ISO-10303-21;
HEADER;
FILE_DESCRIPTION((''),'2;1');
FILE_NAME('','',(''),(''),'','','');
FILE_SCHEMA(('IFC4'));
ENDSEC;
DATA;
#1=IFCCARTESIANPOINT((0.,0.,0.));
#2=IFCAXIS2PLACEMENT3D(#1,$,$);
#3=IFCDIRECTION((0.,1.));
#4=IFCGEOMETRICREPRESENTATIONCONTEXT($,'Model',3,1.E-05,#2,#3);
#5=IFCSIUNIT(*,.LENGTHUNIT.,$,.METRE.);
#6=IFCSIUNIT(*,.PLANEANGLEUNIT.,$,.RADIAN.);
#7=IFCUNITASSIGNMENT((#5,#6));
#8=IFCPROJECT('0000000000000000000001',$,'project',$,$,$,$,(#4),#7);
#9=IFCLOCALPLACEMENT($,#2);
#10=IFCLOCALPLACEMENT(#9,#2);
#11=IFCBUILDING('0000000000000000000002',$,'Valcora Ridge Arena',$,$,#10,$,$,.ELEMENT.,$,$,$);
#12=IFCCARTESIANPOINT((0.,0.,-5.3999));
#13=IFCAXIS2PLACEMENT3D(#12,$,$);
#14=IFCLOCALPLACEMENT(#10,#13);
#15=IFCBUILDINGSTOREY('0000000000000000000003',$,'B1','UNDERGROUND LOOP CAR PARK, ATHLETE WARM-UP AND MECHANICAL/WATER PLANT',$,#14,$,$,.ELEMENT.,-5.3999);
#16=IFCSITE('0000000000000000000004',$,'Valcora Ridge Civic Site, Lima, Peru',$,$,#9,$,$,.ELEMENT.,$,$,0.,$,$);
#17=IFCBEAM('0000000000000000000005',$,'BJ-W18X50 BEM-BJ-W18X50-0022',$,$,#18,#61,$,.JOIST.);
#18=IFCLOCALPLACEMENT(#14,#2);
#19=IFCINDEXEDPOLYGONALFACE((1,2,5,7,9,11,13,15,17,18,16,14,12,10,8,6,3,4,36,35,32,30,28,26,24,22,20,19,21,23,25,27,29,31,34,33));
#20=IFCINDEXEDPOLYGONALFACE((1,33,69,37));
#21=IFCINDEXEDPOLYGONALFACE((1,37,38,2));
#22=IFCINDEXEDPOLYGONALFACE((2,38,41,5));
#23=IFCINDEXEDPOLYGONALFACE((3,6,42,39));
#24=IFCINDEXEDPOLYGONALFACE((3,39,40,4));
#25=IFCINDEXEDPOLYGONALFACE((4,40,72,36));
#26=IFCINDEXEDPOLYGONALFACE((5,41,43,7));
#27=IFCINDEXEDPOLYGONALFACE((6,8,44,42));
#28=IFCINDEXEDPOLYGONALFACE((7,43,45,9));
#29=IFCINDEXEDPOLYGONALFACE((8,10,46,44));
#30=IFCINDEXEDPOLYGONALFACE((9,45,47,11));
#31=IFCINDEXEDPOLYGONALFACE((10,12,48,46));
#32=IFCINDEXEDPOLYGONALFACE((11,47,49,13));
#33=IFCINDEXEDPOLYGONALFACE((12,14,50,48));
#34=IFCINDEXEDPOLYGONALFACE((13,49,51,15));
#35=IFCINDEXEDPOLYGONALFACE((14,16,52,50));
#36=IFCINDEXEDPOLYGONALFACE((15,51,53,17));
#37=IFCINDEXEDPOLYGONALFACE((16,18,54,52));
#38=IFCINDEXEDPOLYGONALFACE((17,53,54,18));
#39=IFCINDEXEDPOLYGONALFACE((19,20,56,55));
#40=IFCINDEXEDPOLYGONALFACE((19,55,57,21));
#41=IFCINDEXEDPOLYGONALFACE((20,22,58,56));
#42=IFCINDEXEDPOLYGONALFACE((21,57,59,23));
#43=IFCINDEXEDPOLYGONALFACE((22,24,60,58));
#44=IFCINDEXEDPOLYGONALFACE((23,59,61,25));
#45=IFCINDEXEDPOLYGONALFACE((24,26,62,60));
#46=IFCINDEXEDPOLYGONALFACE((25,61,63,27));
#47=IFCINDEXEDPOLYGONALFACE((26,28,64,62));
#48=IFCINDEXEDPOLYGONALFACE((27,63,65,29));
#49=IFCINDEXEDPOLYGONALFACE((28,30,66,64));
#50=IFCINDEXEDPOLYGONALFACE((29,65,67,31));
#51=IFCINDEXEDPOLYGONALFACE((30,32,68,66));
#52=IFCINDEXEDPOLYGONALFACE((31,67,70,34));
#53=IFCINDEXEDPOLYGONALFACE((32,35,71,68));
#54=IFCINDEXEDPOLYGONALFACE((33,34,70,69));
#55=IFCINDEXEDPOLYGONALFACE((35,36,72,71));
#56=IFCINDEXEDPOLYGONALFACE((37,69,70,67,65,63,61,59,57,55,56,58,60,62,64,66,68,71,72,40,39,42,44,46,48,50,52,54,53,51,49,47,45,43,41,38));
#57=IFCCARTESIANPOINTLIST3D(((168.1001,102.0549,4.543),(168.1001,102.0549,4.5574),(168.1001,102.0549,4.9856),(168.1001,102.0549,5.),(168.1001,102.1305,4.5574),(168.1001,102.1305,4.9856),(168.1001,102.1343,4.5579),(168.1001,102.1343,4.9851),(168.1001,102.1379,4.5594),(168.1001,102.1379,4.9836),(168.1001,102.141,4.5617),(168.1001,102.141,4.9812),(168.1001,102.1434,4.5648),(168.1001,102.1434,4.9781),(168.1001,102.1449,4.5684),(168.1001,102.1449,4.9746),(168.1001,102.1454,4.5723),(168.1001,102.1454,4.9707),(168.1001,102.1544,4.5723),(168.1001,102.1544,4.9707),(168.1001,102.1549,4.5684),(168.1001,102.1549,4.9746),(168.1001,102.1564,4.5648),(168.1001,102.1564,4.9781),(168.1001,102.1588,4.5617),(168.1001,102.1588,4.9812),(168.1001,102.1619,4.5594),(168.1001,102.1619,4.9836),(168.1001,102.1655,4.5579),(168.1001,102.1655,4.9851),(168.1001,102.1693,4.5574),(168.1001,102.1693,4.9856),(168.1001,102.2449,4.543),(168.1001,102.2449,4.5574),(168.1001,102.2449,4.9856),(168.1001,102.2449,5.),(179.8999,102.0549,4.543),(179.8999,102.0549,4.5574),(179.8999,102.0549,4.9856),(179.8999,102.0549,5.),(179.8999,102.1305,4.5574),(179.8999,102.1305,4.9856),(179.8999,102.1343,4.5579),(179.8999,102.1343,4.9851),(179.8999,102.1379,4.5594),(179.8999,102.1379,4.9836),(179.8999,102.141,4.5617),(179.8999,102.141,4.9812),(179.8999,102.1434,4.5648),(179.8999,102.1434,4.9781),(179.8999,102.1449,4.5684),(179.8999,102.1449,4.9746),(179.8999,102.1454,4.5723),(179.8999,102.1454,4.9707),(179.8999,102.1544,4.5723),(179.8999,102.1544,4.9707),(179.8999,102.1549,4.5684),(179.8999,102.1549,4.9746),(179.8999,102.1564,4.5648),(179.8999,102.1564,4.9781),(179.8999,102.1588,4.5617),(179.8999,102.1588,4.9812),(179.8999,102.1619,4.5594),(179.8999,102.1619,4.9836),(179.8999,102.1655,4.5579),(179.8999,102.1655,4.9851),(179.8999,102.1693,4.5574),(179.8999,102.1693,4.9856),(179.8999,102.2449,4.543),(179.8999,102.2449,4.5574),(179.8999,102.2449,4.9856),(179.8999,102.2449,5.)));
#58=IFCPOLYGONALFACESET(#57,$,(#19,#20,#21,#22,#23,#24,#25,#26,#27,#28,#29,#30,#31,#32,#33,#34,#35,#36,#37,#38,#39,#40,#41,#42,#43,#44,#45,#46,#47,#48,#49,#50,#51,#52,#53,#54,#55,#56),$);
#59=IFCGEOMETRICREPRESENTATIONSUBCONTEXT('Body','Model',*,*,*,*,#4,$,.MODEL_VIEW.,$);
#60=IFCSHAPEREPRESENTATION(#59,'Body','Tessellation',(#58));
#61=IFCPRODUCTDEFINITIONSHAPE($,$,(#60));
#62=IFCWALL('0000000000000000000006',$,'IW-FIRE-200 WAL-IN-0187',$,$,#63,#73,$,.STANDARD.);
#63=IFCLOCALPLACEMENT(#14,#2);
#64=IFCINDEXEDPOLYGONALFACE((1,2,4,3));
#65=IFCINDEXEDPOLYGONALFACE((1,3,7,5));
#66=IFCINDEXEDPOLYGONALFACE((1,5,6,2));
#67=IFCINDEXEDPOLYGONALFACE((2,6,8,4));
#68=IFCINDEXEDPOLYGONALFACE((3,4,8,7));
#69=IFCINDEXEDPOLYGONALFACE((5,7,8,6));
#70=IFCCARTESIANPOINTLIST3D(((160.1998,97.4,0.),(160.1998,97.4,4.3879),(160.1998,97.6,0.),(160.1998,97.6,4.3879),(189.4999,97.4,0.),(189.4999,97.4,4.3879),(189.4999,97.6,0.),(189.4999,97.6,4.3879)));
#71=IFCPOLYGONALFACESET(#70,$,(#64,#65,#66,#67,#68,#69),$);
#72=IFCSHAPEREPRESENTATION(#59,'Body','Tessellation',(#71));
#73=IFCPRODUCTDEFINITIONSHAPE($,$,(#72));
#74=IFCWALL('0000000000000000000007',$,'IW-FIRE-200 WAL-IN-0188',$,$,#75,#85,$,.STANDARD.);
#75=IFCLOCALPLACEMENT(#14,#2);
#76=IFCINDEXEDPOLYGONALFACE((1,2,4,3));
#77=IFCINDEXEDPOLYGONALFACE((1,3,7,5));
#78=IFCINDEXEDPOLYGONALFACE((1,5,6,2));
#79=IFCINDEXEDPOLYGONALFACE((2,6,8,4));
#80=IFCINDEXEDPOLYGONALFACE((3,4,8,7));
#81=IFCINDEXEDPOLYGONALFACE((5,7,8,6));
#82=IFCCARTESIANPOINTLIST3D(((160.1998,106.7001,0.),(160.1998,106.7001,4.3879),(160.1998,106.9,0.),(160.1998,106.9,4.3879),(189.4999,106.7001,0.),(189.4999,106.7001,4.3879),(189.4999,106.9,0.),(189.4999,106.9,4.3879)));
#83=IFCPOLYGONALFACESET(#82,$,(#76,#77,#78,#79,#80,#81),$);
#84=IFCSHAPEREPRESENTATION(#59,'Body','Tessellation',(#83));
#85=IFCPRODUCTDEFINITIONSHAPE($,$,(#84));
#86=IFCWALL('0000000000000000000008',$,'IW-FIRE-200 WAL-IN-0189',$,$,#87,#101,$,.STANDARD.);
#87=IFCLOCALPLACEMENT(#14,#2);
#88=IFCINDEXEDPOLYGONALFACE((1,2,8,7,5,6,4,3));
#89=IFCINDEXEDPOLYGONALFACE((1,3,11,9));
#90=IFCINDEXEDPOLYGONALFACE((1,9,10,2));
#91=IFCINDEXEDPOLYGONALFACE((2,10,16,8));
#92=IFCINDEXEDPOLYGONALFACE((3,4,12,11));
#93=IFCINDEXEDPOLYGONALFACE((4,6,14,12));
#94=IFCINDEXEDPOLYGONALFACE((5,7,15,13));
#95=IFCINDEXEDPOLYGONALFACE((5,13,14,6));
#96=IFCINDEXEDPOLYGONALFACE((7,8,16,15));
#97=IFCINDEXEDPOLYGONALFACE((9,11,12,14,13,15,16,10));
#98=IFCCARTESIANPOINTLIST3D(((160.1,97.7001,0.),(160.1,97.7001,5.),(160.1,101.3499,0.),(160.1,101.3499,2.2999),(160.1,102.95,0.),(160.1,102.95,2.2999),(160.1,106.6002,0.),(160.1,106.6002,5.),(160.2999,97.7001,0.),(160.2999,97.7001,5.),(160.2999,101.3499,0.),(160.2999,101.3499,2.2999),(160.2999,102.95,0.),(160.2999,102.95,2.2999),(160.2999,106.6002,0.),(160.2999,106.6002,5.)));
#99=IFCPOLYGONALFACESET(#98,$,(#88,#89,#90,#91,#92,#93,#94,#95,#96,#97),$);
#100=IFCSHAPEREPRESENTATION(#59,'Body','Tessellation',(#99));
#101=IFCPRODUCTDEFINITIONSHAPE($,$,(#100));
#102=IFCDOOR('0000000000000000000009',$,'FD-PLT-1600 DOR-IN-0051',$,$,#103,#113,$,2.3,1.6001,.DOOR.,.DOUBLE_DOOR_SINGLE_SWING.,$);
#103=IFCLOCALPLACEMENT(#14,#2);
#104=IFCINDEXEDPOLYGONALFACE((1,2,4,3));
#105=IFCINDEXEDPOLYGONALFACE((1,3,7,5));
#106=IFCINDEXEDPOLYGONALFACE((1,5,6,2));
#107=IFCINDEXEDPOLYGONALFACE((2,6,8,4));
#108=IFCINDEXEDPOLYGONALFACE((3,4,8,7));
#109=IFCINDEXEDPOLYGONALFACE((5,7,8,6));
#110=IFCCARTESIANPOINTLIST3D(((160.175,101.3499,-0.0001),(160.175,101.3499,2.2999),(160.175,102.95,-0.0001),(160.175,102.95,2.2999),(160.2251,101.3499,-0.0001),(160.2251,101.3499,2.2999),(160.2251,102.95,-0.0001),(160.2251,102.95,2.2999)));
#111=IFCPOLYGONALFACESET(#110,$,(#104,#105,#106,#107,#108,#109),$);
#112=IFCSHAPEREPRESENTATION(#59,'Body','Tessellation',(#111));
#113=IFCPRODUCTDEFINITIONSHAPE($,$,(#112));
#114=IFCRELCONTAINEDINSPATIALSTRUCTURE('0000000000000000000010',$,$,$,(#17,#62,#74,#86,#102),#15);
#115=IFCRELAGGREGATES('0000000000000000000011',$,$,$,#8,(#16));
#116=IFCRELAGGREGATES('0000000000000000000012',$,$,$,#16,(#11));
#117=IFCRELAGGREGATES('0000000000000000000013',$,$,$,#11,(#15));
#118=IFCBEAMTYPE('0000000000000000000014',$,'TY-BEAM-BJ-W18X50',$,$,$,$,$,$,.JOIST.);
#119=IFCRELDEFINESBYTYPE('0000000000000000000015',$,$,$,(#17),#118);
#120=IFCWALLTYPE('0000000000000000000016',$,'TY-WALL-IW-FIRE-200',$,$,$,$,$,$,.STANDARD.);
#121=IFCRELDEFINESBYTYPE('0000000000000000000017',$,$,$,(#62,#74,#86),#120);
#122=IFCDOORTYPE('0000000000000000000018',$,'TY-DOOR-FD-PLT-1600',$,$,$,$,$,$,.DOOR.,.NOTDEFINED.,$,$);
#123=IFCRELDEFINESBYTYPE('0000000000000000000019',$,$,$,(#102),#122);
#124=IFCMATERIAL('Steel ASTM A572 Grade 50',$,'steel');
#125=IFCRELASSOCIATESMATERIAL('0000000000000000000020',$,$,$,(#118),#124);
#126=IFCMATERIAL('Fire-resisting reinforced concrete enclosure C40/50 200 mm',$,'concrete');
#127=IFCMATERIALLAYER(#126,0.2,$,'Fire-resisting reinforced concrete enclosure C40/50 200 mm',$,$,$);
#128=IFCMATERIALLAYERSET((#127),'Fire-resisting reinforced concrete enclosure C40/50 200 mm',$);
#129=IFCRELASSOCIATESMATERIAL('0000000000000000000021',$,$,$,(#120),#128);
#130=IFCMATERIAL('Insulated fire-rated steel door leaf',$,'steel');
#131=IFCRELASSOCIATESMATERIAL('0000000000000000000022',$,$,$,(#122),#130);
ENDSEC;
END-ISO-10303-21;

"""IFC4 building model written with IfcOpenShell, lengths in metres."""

from ifc_helpers import new_model, si_unit, direction, frame, frame_2d, origin, origin_2d, place, context, subcontext, project, spatial, rectangle, i_section, extrude, material, layer, layer_set, material_profile, profile_set, type_object, element, fill, save


model = new_model("IFC4")

# Units and contexts
model_context = context("Model", 3, precision=1e-05, world=origin(), true_north=direction((0.0, 1.0)))
body_context = subcontext(model_context, "Body", "Model", "MODEL_VIEW")
ifc_project = project(units=[si_unit("LENGTHUNIT", "METRE"), si_unit("PLANEANGLEUNIT", "RADIAN")], contexts=[model_context])

# Site, building, storey
site_placement = place(None, origin())
site = spatial("IfcSite", under=ifc_project, at=site_placement, Name="Valcora Ridge Civic Site, Lima, Peru", CompositionType="ELEMENT", RefElevation=0.0)
building_placement = place(site_placement, origin())
building = spatial("IfcBuilding", under=site, at=building_placement, Name="Valcora Ridge Arena", CompositionType="ELEMENT")
storey_placement = place(building_placement, frame((0.0, 0.0, -5.3999)))
storey = spatial("IfcBuildingStorey", under=building, at=storey_placement, Name="B1", Description="UNDERGROUND LOOP CAR PARK, ATHLETE WARM-UP AND MECHANICAL/WATER PLANT", CompositionType="ELEMENT", Elevation=-5.3999)

# Beam
ifc_material_1 = material(Name="Steel ASTM A572 Grade 50", Category="steel")
ifc_material_profile_1 = material_profile(ifc_material_1, i_section(OverallWidth=0.1899, OverallDepth=0.457, WebThickness=0.009, FlangeThickness=0.0144, FilletRadius=0.0149, at=origin_2d()), Name="W18X50")
ifc_profile_set_1 = profile_set([ifc_material_profile_1], Name="Steel ASTM A572 Grade 50")
beam_type_1 = type_object("IfcBeamType", Name="TY-BEAM-BJ-W18X50", PredefinedType="JOIST", material=ifc_profile_set_1)
beam_1_placement = place(storey_placement, frame((168.1001, 102.1499, 4.7715), z_axis=(1.0, 0.0, 0.0), x_axis=(0.0, 1.0, 0.0)))
element("IfcBeam", 1, at=beam_1_placement, inside=storey, type_object=beam_type_1, Name="BJ-W18X50 BEM-BJ-W18X50-0022", PredefinedType="JOIST", context=body_context, shape_type="SweptSolid", body=[
    extrude(i_section(OverallWidth=0.1899, OverallDepth=0.457, WebThickness=0.009, FlangeThickness=0.0144, FilletRadius=0.0149, at=origin_2d()), origin(), (0.0, 0.0, 1.0), 11.7998),
])

# Walls
ifc_material_2 = material(Name="Fire-resisting reinforced concrete enclosure C40/50 200 mm", Category="concrete")
ifc_layer_1 = layer(ifc_material_2, 0.2, Name="Fire-resisting reinforced concrete enclosure C40/50 200 mm")
ifc_layer_set_1 = layer_set([ifc_layer_1], Name="Fire-resisting reinforced concrete enclosure C40/50 200 mm")
wall_type = type_object("IfcWallType", Name="TY-WALL-IW-FIRE-200", PredefinedType="STANDARD", material=ifc_layer_set_1)
for number, where, z_axis, x_axis, name in (
    (2, (160.2, 97.5, 0.0), (0.0, 0.0, 1.0), (1.0, 0.0, 0.0), "IW-FIRE-200 WAL-IN-0187"),
    (3, (160.2, 106.8, 0.0), (0.0, 0.0, 1.0), (1.0, 0.0, 0.0), "IW-FIRE-200 WAL-IN-0188"),
):
    element("IfcWall", number, at=place(storey_placement, frame(where, z_axis=z_axis, x_axis=x_axis)), inside=storey, type_object=wall_type, Name=name, PredefinedType="STANDARD", context=body_context, shape_type="SweptSolid", body=[
        extrude(rectangle(XDim=29.3, YDim=0.2, at=frame_2d((14.6499, 0.0))), origin(), (0.0, 0.0, 1.0), 4.3879),
    ])

# Wall, opening, door
wall_placement = place(storey_placement, frame((160.2, 97.7, 0.0), z_axis=(0.0, 0.0, 1.0), x_axis=(0.0, 1.0, 0.0)))
wall = element("IfcWall", 4, at=wall_placement, inside=storey, type_object=wall_type, Name="IW-FIRE-200 WAL-IN-0189", PredefinedType="STANDARD", context=body_context, shape_type="SweptSolid", body=[
    extrude(rectangle(XDim=8.9001, YDim=0.2, at=frame_2d((4.4502, 0.0))), origin(), (0.0, 0.0, 1.0), 5.0),
])
opening_placement = place(wall_placement, frame((3.6499, 0.0, 0.0)))
opening = element("IfcOpeningElement", 5, at=opening_placement, cuts=wall, PredefinedType="OPENING", context=body_context, shape_type="SweptSolid", body=[
    extrude(rectangle(XDim=1.6001, YDim=2.3, at=frame_2d((0.8, 1.1499))), frame((0.0, 0.1099, 0.0), z_axis=(0.0, -1.0, 0.0), x_axis=(1.0, 0.0, 0.0)), (0.0, 0.0, 1.0), 0.22),
])
ifc_material_3 = material(Name="Insulated fire-rated steel door leaf", Category="steel")
door_type = type_object("IfcDoorType", Name="TY-DOOR-FD-PLT-1600", OperationType="NOTDEFINED", PredefinedType="DOOR", material=ifc_material_3)
door_placement = place(opening_placement, origin())
door = element("IfcDoor", 6, at=door_placement, inside=storey, type_object=door_type, Name="FD-PLT-1600 DOR-IN-0051", OperationType="DOUBLE_DOOR_SINGLE_SWING", OverallHeight=2.3, OverallWidth=1.6001, PredefinedType="DOOR", context=body_context, shape_type="SweptSolid", body=[
    extrude(rectangle(XDim=1.6001, YDim=2.3, at=frame_2d((0.8, 1.1499))), frame((0.0, 0.0249, 0.0), z_axis=(0.0, -1.0, 0.0), x_axis=(1.0, 0.0, 0.0)), (0.0, 0.0, 1.0), 0.05),
])
fill(opening, door)

save(model, "model.ifc")
